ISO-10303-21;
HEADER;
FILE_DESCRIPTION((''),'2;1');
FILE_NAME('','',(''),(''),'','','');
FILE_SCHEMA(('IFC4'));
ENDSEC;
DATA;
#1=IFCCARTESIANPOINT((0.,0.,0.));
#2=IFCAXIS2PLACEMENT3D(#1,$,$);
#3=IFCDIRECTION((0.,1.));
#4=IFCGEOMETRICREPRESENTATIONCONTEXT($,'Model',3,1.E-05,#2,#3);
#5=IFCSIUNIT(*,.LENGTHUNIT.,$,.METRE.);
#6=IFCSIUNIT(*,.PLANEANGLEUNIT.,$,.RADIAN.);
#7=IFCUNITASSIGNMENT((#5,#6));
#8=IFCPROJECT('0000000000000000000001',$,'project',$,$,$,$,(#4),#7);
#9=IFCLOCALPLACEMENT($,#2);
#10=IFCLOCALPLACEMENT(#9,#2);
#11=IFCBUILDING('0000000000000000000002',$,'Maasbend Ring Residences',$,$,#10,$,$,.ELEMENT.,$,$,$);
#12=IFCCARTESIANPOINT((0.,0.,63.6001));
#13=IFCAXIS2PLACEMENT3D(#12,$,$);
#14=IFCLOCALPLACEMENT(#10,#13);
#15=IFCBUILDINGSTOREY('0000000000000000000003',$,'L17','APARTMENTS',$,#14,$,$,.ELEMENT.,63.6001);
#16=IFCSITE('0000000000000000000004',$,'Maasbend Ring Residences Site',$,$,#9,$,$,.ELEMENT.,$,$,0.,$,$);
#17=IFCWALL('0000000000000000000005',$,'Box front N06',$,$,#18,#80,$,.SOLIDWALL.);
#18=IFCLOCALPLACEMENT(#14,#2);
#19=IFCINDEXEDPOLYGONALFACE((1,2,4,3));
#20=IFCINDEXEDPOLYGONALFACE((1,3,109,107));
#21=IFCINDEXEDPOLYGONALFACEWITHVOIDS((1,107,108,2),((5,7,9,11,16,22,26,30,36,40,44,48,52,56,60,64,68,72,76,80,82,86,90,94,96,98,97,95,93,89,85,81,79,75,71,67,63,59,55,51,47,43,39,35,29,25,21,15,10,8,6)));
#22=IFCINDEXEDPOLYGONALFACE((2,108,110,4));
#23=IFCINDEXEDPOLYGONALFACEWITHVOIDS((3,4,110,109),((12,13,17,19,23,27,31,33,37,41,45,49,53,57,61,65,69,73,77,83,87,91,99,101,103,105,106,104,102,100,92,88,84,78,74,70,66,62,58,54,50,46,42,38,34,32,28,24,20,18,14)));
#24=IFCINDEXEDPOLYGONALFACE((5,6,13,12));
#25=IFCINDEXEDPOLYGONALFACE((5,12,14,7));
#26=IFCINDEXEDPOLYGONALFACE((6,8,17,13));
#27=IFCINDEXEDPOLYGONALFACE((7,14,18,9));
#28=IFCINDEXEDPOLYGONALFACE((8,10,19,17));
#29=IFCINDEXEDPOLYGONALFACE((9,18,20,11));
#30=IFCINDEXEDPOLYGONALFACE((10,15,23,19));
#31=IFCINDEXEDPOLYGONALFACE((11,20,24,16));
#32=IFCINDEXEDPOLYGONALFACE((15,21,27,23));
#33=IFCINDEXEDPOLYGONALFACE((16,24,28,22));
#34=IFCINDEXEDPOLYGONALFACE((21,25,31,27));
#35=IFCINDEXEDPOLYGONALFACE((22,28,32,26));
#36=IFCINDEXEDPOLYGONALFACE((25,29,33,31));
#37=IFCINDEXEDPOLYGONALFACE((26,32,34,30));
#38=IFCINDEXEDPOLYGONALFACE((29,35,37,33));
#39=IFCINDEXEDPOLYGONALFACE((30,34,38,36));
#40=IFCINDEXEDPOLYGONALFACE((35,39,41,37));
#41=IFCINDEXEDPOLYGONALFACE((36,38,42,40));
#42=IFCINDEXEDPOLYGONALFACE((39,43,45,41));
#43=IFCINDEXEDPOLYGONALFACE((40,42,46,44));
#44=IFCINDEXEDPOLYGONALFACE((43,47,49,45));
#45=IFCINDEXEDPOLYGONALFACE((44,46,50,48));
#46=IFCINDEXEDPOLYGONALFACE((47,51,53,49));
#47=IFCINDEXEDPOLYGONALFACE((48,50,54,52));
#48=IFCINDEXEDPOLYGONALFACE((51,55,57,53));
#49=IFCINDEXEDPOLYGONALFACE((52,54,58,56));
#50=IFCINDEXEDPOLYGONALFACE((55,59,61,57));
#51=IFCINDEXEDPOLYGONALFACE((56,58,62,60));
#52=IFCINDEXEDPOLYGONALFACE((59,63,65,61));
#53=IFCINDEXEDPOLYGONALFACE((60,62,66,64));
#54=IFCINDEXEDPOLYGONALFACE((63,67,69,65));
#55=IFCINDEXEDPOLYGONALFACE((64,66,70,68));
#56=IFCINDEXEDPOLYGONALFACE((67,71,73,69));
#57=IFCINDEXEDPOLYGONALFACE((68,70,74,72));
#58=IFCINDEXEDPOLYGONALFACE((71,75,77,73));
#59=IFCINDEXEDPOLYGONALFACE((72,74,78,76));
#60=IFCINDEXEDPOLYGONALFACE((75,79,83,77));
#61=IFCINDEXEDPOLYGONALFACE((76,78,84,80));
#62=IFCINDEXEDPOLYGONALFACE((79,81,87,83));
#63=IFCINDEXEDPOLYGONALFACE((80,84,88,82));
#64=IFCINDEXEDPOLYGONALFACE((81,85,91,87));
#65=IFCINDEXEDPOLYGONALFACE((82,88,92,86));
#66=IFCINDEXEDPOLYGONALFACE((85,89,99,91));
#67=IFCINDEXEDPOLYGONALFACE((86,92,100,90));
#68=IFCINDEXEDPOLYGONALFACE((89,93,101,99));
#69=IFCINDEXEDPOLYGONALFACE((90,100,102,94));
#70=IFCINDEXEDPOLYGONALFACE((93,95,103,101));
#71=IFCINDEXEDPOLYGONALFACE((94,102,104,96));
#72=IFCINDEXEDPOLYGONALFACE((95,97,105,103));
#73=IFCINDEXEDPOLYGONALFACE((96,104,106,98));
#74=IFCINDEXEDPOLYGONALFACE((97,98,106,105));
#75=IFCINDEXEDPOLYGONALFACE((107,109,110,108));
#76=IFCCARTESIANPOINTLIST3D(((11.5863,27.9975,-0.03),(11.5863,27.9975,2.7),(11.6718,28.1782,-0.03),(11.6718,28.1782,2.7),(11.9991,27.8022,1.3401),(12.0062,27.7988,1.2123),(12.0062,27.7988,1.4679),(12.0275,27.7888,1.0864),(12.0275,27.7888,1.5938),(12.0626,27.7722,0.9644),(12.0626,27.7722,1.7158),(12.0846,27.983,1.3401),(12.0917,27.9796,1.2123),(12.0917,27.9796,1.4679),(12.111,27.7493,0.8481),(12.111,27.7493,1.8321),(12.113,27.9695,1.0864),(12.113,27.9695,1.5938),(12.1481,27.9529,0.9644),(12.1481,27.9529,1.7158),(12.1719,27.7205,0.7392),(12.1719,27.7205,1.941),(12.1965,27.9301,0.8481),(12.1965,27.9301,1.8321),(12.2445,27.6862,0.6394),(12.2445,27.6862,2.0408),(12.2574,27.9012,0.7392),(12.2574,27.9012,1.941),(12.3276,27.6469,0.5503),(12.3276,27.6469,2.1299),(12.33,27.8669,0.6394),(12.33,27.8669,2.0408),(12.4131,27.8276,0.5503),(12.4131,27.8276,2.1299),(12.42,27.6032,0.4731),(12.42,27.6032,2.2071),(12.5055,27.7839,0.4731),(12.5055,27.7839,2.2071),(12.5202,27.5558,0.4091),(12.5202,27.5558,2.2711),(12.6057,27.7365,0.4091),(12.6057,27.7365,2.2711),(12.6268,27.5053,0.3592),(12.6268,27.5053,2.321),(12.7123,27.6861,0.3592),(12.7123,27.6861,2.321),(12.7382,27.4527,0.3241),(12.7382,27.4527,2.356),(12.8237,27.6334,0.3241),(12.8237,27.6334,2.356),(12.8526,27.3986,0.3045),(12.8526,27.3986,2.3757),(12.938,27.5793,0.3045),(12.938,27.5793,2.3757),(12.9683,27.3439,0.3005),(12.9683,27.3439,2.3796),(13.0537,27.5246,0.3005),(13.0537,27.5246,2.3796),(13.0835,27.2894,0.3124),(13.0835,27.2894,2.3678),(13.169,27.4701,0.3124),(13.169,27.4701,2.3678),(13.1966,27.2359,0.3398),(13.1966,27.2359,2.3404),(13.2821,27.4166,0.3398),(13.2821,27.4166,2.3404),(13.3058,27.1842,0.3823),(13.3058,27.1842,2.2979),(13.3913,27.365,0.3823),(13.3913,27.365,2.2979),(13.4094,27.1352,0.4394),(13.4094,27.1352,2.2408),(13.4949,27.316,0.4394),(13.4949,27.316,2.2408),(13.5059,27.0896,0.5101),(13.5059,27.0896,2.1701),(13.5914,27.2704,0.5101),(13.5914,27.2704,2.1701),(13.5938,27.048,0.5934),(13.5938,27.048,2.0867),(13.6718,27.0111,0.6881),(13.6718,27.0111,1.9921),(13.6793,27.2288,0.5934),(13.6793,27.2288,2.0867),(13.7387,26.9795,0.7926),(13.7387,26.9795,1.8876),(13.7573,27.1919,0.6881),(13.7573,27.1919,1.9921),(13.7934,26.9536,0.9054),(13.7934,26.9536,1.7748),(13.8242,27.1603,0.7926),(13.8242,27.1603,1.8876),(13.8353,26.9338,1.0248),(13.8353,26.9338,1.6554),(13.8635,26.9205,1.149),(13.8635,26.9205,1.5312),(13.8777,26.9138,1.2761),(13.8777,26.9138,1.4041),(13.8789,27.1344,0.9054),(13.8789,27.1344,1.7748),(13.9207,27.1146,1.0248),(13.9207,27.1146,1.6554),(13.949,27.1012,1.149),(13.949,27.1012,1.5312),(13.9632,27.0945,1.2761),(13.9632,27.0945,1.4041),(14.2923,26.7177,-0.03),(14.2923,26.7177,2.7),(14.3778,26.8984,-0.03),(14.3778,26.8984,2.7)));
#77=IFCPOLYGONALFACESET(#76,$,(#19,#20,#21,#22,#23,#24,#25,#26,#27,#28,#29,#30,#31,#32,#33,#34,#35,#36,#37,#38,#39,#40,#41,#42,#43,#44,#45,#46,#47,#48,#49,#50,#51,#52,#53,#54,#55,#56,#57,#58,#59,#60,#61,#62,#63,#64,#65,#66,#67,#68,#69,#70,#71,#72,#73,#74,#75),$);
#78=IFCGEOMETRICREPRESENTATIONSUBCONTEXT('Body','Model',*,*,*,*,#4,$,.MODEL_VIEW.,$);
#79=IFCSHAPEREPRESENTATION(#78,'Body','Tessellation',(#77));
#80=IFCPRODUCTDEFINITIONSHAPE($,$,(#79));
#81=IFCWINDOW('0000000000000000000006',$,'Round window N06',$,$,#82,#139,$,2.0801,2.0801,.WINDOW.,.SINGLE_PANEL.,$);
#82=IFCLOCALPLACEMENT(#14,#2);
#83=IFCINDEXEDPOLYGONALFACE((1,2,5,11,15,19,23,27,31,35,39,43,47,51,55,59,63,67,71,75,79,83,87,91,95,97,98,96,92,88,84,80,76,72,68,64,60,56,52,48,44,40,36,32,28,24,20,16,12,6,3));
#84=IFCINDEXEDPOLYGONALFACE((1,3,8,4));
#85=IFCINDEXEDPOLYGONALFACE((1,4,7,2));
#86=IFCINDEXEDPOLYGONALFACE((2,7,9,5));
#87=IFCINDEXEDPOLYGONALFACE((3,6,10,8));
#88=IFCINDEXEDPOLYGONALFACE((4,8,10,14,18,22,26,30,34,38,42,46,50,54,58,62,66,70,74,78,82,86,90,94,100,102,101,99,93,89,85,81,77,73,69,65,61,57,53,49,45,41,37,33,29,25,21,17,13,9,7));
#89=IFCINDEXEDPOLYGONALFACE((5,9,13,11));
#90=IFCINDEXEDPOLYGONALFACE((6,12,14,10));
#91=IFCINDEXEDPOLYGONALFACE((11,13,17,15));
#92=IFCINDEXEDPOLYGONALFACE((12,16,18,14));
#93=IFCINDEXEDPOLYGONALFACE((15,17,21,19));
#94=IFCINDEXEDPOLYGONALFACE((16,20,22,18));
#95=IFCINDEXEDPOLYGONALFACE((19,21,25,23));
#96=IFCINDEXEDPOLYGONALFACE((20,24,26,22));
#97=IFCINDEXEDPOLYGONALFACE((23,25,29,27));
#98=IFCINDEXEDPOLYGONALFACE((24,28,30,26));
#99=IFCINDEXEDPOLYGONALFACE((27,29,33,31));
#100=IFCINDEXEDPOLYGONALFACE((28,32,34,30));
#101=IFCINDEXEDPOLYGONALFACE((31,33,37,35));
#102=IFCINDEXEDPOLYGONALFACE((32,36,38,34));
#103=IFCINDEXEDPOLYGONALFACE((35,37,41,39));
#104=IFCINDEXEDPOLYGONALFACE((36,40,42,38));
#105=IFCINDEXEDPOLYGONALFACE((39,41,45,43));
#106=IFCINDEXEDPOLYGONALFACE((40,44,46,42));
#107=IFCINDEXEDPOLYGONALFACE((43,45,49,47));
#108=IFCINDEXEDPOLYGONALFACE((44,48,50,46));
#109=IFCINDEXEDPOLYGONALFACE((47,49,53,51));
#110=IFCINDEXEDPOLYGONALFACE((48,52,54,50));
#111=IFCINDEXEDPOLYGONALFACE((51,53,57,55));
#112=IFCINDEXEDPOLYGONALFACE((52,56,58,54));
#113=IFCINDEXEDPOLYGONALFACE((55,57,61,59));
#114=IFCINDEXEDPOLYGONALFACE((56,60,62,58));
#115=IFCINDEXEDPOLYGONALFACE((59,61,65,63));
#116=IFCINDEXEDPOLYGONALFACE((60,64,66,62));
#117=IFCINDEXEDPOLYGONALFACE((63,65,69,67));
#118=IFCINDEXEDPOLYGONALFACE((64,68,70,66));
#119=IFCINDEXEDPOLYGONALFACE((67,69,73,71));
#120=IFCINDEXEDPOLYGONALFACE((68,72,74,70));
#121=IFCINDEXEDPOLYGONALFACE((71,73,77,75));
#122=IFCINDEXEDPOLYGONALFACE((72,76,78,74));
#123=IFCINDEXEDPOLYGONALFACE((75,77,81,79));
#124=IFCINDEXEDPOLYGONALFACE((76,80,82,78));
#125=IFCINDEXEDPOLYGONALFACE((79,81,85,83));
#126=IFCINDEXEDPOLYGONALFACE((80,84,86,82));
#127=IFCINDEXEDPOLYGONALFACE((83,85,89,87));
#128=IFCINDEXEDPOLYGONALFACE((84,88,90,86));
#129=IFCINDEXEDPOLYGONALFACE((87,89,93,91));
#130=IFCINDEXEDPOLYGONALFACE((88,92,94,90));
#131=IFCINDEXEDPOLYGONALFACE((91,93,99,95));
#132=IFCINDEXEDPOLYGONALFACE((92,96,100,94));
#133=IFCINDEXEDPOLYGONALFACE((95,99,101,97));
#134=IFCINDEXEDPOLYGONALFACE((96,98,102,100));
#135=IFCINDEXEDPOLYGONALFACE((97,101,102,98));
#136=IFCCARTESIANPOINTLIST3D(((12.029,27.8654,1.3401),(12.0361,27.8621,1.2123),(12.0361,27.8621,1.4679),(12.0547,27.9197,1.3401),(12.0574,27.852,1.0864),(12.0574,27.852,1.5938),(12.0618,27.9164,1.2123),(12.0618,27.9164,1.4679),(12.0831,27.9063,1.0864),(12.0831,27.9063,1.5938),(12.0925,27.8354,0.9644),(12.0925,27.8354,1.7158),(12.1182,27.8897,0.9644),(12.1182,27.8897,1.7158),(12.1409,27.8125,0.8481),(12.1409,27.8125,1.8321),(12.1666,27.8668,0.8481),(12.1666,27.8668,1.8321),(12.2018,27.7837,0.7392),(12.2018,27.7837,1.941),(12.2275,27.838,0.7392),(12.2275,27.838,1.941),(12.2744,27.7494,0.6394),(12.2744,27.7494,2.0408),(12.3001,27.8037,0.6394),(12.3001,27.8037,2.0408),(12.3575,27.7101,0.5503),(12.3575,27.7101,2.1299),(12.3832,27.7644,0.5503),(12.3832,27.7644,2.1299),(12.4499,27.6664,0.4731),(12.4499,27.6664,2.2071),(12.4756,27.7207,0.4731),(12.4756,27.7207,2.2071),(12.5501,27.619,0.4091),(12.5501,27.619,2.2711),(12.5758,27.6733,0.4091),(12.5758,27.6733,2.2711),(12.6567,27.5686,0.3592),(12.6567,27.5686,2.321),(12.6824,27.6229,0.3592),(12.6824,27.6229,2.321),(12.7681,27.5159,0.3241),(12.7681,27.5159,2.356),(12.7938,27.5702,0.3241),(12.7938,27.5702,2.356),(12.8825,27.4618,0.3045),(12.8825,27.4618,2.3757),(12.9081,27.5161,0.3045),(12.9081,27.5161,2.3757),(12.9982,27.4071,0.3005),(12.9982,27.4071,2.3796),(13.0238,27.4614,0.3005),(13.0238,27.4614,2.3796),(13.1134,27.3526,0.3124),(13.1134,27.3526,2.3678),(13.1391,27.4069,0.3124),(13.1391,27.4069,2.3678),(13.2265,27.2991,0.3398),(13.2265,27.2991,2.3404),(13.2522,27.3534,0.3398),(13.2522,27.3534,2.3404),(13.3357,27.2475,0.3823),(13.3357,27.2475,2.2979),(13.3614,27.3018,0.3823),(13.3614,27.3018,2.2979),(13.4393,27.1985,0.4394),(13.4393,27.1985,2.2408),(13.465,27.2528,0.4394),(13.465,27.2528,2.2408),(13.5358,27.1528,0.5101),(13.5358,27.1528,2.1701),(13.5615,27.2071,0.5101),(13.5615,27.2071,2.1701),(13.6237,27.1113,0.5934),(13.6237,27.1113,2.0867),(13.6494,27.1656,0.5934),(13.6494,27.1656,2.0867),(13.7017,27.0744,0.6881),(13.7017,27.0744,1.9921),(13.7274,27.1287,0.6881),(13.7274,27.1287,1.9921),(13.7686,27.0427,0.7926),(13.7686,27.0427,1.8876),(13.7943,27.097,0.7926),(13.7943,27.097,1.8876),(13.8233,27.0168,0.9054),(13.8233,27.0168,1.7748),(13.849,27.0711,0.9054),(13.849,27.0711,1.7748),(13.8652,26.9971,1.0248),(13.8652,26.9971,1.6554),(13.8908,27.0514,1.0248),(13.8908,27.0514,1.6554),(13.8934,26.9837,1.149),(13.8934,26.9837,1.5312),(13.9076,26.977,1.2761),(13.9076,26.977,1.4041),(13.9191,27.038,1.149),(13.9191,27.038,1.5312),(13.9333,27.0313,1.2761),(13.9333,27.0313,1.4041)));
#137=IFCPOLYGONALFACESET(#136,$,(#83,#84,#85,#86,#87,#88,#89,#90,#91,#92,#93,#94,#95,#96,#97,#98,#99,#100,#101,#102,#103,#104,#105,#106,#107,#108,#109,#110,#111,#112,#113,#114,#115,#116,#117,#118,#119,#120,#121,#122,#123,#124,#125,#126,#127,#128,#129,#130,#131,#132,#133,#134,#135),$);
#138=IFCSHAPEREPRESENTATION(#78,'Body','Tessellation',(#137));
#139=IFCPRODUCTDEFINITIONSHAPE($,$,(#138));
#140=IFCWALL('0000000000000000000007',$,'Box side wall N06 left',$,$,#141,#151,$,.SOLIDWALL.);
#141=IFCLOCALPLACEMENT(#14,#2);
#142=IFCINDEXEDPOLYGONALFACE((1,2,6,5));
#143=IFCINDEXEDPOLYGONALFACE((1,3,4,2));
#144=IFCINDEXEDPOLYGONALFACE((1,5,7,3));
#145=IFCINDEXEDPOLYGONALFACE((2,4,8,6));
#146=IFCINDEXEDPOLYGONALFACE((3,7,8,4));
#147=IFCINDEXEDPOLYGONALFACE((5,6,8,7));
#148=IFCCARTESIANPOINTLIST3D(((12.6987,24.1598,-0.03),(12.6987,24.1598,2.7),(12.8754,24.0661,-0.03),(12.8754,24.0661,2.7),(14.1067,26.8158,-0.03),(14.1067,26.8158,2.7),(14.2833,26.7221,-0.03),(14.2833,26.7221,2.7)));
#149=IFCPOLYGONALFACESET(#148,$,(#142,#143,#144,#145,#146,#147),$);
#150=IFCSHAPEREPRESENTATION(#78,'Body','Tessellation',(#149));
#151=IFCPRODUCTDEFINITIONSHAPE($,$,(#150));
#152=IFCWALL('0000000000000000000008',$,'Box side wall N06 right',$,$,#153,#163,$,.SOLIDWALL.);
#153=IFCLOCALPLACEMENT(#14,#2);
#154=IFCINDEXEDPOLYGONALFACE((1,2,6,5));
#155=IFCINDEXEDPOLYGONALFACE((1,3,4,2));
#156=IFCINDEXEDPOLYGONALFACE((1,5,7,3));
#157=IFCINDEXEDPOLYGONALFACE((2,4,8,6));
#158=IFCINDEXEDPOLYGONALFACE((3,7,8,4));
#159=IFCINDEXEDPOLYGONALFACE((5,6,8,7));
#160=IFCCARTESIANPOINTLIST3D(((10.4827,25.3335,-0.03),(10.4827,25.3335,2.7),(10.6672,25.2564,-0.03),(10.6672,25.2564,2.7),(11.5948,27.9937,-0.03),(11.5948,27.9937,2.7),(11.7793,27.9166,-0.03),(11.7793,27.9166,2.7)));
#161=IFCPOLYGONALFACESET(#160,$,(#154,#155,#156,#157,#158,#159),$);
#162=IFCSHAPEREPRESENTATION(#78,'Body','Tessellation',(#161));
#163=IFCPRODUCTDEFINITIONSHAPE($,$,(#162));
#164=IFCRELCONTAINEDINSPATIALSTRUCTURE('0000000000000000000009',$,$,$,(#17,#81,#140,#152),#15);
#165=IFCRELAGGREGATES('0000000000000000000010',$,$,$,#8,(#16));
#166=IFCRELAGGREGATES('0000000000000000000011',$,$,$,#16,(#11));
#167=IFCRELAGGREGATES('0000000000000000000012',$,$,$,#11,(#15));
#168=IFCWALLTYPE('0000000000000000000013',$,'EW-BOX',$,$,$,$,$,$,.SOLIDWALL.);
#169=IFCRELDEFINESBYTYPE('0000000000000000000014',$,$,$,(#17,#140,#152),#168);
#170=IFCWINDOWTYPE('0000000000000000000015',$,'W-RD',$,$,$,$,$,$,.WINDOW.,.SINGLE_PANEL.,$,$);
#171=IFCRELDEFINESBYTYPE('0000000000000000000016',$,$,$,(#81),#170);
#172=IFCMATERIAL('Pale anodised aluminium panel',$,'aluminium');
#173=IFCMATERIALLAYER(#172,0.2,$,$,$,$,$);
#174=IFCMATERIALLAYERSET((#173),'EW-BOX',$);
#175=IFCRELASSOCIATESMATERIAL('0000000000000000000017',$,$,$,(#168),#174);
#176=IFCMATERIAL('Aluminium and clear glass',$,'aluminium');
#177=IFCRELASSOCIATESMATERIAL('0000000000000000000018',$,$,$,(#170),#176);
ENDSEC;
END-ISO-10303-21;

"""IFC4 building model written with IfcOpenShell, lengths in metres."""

from ifc_helpers import new_model, si_unit, direction, frame, frame_2d, origin, place, context, subcontext, project, spatial, rectangle, circle, extrude, material, layer, layer_set, type_object, element, fill, save


model = new_model("IFC4")

# Units and contexts
model_context = context("Model", 3, precision=1e-05, world=origin(), true_north=direction((0.0, 1.0)))
body_context = subcontext(model_context, "Body", "Model", "MODEL_VIEW")
ifc_project = project(units=[si_unit("LENGTHUNIT", "METRE"), si_unit("PLANEANGLEUNIT", "RADIAN")], contexts=[model_context])

# Site, building, storey
site_placement = place(None, origin())
site = spatial("IfcSite", under=ifc_project, at=site_placement, Name="Maasbend Ring Residences Site", CompositionType="ELEMENT", RefElevation=0.0)
building_placement = place(site_placement, origin())
building = spatial("IfcBuilding", under=site, at=building_placement, Name="Maasbend Ring Residences", CompositionType="ELEMENT")
storey_placement = place(building_placement, frame((0.0, 0.0, 63.6001)))
storey = spatial("IfcBuildingStorey", under=building, at=storey_placement, Name="L17", Description="APARTMENTS", CompositionType="ELEMENT", Elevation=63.6001)

# Shared definitions
ifc_material_1 = material(Name="Pale anodised aluminium panel", Category="aluminium")
ifc_layer_1 = layer(ifc_material_1, 0.2)
ifc_layer_set_1 = layer_set([ifc_layer_1], Name="EW-BOX")
wall_type_1 = type_object("IfcWallType", Name="EW-BOX", PredefinedType="SOLIDWALL", material=ifc_layer_set_1)
ifc_material_2 = material(Name="Aluminium and clear glass", Category="aluminium")
window_type_1 = type_object("IfcWindowType", Name="W-RD", PartitioningType="SINGLE_PANEL", PredefinedType="WINDOW", material=ifc_material_2)

# Wall, opening, window
wall_1_placement = place(storey_placement, frame((14.335, 26.8081, -0.03), z_axis=(0.0, 0.0, 1.0), x_axis=(-0.904, 0.427532, 0.0)))
wall_1 = element("IfcWall", 1, at=wall_1_placement, inside=storey, type_object=wall_type_1, Name="Box front N06", PredefinedType="SOLIDWALL", context=body_context, shape_type="SweptSolid", body=[
    extrude(rectangle(XDim=2.9934, YDim=0.2, at=frame_2d((1.4966, 0.0))), origin(), (0.0, 0.0, 1.0), 2.73),
])
opening_1_placement = place(wall_1_placement, frame((0.4565, 0.0, 0.3301)))
opening_1 = element("IfcOpeningElement", 2, at=opening_1_placement, cuts=wall_1, PredefinedType="OPENING", context=body_context, shape_type="SweptSolid", body=[
    extrude(circle(Radius=1.04, at=frame_2d((1.04, 1.04))), frame((0.0, 0.1099, 0.0), z_axis=(0.0, -1.0, 0.0), x_axis=(1.0, 0.0, 0.0)), (0.0, 0.0, 1.0), 0.22),
])
window_1_placement = place(opening_1_placement, origin())
window_1 = element("IfcWindow", 3, at=window_1_placement, inside=storey, type_object=window_type_1, Name="Round window N06", OverallHeight=2.0801, OverallWidth=2.0801, PartitioningType="SINGLE_PANEL", PredefinedType="WINDOW", context=body_context, shape_type="SweptSolid", body=[
    extrude(circle(Radius=1.04, at=frame_2d((1.04, 1.04))), frame((0.0, 0.03, 0.0), z_axis=(0.0, -1.0, 0.0), x_axis=(1.0, 0.0, 0.0)), (0.0, 0.0, 1.0), 0.0601),
])
fill(opening_1, window_1)

# Walls
wall_2_placement = place(storey_placement, frame((12.7871, 24.113, -0.03), z_axis=(0.0, 0.0, 1.0), x_axis=(0.468365, 0.883535, 0.0)))
element("IfcWall", 4, at=wall_2_placement, inside=storey, type_object=wall_type_1, Name="Box side wall N06 left", PredefinedType="SOLIDWALL", context=body_context, shape_type="SweptSolid", body=[
    extrude(rectangle(XDim=3.0061, YDim=0.2, at=frame_2d((1.5029, 0.0))), origin(), (0.0, 0.0, 1.0), 2.73),
])
wall_3_placement = place(storey_placement, frame((10.575, 25.2949, -0.03), z_axis=(0.0, 0.0, 1.0), x_axis=(0.385697, 0.922625, 0.0)))
element("IfcWall", 5, at=wall_3_placement, inside=storey, type_object=wall_type_1, Name="Box side wall N06 right", PredefinedType="SOLIDWALL", context=body_context, shape_type="SweptSolid", body=[
    extrude(rectangle(XDim=2.8833, YDim=0.2, at=frame_2d((1.4417, 0.0))), origin(), (0.0, 0.0, 1.0), 2.73),
])

save(model, "model.ifc")
